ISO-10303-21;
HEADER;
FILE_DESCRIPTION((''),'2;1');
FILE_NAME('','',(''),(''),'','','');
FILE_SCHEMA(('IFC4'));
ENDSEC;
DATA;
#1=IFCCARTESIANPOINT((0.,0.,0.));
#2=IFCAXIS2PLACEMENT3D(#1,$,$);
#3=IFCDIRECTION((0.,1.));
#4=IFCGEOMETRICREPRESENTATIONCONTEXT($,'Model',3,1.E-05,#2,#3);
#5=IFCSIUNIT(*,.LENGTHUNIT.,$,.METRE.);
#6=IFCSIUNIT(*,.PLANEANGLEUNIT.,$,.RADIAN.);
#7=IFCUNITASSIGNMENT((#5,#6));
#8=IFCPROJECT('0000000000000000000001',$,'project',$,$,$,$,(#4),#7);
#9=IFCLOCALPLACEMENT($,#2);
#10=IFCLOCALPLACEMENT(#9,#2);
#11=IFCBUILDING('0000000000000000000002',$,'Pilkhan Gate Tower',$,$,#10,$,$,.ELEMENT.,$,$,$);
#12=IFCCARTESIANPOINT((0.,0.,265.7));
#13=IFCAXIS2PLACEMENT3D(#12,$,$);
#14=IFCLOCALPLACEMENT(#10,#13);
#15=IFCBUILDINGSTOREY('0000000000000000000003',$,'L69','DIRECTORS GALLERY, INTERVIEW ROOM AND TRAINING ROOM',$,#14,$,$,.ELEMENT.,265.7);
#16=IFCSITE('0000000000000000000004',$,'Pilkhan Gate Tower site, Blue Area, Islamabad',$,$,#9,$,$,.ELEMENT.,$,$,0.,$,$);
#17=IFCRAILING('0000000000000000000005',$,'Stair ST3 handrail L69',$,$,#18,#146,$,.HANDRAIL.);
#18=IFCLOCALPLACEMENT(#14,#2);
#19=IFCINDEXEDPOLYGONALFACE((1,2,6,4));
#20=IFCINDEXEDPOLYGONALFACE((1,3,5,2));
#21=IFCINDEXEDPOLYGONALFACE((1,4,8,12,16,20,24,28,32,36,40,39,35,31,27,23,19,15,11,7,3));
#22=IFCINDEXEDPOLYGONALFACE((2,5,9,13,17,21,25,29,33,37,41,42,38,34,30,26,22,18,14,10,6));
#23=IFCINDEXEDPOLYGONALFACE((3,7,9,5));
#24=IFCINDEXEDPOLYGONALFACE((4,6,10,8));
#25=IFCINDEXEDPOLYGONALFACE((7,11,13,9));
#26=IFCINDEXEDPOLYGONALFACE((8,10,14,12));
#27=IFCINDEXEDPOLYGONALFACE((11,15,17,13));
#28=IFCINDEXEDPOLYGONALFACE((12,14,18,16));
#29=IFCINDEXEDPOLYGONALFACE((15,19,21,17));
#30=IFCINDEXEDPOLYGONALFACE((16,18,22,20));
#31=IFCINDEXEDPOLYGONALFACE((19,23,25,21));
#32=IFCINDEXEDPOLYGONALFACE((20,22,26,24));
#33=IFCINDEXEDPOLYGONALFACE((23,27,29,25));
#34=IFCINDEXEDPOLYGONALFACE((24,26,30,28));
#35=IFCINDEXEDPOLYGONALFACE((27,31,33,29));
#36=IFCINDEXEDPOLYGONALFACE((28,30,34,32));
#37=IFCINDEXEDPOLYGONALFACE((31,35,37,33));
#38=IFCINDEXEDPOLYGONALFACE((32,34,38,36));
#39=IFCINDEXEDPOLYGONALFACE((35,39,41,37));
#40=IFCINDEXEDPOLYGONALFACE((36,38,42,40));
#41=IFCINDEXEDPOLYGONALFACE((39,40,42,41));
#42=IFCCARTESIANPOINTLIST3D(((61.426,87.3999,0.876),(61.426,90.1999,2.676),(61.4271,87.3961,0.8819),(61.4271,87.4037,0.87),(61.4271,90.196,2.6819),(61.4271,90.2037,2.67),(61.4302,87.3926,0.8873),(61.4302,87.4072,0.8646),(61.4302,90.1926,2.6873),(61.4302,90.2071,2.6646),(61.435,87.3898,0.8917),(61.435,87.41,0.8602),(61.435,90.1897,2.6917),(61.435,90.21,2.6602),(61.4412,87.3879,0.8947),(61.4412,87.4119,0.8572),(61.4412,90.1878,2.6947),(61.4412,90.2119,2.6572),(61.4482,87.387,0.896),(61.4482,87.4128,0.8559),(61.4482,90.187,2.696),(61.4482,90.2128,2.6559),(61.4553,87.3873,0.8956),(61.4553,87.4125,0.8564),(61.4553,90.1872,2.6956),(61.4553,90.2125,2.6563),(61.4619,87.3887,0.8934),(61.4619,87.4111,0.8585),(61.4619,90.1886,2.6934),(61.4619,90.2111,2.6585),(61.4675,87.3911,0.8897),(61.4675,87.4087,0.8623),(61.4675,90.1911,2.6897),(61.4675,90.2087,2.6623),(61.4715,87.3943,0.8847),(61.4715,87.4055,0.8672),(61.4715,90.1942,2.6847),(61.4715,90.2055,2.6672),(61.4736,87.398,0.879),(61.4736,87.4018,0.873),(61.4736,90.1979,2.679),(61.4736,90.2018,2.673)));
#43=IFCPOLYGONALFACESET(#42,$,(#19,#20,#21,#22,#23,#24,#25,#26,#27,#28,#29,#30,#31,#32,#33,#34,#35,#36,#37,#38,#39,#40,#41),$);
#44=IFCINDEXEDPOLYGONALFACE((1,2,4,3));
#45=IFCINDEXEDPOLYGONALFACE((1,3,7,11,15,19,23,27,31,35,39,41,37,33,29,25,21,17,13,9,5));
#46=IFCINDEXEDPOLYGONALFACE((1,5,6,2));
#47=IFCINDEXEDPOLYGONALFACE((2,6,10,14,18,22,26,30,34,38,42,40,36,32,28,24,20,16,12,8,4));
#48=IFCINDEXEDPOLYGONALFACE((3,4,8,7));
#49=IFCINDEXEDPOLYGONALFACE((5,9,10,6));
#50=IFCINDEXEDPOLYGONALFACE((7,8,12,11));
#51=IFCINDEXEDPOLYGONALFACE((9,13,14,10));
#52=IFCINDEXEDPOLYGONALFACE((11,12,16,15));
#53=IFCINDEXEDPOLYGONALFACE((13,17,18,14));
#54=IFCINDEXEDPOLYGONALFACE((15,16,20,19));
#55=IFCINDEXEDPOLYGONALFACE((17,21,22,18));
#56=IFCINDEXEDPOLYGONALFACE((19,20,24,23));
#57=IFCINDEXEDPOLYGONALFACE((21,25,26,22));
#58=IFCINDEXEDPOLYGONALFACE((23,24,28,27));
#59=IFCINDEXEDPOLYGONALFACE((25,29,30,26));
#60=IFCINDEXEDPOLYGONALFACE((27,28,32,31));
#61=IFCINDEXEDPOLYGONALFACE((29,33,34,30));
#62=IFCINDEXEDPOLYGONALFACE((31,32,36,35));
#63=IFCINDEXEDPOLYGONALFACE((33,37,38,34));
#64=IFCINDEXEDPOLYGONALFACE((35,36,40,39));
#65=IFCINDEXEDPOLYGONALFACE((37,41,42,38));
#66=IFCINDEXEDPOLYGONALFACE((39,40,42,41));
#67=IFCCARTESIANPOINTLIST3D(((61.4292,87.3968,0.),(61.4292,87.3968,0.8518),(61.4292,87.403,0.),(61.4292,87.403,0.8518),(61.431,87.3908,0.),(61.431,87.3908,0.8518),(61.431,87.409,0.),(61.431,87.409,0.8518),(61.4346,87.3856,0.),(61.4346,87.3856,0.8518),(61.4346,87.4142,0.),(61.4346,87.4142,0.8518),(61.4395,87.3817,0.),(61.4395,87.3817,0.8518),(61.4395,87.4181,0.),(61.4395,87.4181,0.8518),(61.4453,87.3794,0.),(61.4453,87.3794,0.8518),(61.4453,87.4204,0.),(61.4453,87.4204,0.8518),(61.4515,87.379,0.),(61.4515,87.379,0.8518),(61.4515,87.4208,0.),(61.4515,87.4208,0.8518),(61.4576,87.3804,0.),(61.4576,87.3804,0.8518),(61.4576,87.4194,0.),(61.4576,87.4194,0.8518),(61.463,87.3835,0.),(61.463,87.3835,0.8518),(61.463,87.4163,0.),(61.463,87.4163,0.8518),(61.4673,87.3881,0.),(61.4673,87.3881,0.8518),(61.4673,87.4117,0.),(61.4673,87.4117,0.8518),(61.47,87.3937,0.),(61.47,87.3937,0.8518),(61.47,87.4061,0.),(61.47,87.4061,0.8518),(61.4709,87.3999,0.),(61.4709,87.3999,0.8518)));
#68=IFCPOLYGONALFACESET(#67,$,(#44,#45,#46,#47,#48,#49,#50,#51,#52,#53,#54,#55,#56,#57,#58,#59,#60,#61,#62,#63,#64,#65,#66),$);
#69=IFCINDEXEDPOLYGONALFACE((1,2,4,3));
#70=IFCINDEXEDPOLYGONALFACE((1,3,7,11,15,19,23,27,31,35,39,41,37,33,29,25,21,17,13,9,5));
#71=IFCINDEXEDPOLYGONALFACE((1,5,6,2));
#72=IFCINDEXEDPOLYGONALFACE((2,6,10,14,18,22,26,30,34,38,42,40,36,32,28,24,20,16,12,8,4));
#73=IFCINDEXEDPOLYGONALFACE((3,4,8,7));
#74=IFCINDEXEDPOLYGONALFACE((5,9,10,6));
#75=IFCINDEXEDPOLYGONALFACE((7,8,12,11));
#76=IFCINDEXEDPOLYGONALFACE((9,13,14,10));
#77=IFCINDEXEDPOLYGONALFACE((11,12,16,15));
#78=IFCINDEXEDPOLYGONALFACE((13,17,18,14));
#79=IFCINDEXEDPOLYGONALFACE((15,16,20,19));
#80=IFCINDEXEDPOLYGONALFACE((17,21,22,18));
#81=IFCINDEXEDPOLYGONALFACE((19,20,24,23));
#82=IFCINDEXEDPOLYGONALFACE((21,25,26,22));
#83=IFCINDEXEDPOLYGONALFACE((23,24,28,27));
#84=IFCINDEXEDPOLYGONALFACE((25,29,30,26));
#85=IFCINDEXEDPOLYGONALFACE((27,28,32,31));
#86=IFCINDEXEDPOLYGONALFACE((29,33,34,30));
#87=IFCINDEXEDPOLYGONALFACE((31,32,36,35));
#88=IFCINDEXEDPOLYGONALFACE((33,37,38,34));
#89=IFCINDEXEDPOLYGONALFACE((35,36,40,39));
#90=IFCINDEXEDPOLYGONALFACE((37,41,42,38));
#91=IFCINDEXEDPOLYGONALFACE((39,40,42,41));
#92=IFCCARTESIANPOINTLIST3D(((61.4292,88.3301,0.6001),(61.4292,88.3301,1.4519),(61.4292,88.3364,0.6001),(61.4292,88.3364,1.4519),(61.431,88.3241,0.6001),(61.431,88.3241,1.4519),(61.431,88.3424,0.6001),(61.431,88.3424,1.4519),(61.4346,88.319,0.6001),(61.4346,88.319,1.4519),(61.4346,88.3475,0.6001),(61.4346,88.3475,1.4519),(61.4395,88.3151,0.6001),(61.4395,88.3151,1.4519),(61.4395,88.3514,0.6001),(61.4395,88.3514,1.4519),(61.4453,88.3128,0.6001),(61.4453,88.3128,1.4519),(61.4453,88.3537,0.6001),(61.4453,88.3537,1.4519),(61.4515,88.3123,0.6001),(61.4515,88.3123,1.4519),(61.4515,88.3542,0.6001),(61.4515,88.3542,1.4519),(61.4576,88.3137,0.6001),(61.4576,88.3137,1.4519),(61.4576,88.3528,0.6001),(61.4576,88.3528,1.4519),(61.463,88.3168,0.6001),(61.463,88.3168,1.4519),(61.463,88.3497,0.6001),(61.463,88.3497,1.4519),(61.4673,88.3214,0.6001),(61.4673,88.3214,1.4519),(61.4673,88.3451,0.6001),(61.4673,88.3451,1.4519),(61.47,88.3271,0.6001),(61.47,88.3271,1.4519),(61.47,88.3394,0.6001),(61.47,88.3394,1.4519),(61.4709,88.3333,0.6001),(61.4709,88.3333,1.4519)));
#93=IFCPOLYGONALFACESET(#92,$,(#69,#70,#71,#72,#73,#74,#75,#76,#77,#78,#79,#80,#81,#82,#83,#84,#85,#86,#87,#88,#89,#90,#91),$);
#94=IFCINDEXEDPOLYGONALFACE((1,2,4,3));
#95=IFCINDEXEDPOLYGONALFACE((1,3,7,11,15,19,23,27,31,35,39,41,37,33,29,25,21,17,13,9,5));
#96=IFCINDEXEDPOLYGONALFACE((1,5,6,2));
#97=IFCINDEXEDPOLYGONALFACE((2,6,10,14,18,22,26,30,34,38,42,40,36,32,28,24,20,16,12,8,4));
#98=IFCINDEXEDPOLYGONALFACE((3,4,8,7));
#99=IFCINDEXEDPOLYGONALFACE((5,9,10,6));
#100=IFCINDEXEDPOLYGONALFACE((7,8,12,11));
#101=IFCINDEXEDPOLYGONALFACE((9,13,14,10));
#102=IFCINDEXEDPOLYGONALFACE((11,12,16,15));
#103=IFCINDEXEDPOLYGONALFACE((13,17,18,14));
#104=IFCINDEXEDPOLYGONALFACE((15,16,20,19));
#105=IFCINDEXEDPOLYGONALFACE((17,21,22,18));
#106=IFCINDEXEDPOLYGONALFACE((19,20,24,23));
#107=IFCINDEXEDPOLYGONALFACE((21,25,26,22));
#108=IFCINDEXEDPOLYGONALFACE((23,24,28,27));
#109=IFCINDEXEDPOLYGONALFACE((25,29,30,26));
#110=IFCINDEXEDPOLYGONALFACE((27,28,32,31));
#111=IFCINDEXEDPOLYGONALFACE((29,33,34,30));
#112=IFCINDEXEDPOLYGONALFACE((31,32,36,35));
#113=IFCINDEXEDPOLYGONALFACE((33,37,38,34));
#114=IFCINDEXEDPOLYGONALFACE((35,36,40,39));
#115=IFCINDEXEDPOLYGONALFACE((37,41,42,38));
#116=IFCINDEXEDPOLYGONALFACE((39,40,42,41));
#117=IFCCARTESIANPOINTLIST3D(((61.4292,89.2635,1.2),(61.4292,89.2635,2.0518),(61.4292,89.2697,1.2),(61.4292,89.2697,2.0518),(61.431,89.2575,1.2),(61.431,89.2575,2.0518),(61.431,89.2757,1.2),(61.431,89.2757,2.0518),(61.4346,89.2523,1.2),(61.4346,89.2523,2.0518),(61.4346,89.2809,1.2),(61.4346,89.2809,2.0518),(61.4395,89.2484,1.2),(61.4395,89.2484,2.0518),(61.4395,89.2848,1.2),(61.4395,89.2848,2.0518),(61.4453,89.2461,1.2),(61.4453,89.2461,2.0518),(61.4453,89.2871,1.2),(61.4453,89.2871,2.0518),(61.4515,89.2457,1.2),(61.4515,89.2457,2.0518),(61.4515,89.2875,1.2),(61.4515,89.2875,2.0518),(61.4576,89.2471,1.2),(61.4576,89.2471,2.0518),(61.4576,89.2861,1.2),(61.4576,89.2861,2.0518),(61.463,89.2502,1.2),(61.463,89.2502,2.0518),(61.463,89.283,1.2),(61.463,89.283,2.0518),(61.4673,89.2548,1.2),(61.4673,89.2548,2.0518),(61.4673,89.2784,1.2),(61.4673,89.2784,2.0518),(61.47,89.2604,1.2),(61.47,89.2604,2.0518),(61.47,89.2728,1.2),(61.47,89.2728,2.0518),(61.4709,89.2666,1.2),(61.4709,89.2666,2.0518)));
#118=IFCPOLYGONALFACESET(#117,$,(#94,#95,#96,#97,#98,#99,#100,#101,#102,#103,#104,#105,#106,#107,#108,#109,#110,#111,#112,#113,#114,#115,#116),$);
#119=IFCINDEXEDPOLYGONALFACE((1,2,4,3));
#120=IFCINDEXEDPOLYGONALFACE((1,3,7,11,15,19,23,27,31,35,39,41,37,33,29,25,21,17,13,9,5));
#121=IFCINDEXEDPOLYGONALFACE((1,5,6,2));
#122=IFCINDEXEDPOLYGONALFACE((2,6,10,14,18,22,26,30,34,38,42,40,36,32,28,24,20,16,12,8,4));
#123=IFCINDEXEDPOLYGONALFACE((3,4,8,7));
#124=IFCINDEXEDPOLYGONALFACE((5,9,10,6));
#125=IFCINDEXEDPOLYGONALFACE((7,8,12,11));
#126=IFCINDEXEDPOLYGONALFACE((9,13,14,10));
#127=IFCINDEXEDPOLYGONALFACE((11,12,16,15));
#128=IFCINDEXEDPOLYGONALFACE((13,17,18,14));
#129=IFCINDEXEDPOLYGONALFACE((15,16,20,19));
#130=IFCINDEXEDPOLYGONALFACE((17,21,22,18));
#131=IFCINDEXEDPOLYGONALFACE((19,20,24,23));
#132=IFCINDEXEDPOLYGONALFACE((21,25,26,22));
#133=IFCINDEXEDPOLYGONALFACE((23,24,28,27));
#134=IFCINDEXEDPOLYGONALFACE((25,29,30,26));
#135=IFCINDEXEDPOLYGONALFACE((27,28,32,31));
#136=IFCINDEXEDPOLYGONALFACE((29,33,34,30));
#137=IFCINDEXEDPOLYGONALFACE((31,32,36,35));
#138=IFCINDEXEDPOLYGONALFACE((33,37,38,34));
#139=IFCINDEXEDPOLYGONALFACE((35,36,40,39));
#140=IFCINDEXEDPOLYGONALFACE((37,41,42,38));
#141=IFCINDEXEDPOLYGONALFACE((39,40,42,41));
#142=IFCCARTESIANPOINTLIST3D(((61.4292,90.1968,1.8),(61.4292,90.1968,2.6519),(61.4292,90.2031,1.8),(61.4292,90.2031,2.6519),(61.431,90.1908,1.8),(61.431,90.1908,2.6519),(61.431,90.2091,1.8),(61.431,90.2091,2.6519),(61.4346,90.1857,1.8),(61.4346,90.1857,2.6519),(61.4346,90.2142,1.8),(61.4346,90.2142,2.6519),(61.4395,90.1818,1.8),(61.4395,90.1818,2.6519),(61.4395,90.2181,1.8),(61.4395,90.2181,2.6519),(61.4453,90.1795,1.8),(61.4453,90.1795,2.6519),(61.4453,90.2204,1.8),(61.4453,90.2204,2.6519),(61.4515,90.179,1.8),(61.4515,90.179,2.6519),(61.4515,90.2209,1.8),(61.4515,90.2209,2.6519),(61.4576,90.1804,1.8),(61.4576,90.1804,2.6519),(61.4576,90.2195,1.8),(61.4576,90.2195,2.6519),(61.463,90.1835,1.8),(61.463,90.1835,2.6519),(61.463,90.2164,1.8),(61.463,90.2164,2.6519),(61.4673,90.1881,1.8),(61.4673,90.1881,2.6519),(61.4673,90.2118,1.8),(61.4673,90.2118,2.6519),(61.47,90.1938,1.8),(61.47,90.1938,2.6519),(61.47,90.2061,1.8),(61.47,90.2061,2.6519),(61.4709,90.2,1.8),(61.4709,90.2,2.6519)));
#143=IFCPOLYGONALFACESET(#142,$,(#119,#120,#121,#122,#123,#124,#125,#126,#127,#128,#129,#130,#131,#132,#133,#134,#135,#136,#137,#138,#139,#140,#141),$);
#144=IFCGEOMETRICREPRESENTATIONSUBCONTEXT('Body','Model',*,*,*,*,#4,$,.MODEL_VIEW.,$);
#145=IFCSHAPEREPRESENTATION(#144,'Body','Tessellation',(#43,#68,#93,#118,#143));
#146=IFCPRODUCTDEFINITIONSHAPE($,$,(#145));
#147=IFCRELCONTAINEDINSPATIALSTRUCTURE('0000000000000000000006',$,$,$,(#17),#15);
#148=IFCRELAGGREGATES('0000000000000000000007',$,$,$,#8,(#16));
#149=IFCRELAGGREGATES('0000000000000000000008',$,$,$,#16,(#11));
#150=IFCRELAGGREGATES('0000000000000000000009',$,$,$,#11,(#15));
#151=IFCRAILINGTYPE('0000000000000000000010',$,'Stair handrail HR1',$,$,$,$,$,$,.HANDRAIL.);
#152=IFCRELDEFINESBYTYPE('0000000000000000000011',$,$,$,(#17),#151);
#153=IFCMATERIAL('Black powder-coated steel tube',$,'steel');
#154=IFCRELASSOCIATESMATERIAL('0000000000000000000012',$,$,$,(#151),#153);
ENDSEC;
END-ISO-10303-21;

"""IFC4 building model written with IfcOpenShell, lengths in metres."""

from ifc_helpers import new_model, si_unit, direction, frame, origin, origin_2d, place, context, subcontext, project, spatial, circle, extrude, material, type_object, element, save


model = new_model("IFC4")

# Units and contexts
model_context = context("Model", 3, precision=1e-05, world=origin(), true_north=direction((0.0, 1.0)))
body_context = subcontext(model_context, "Body", "Model", "MODEL_VIEW")
ifc_project = project(units=[si_unit("LENGTHUNIT", "METRE"), si_unit("PLANEANGLEUNIT", "RADIAN")], contexts=[model_context])

# Site, building, storey
site_placement = place(None, origin())
site = spatial("IfcSite", under=ifc_project, at=site_placement, Name="Pilkhan Gate Tower site, Blue Area, Islamabad", CompositionType="ELEMENT", RefElevation=0.0)
building_placement = place(site_placement, origin())
building = spatial("IfcBuilding", under=site, at=building_placement, Name="Pilkhan Gate Tower", CompositionType="ELEMENT")
storey_placement = place(building_placement, frame((0.0, 0.0, 265.7)))
storey = spatial("IfcBuildingStorey", under=building, at=storey_placement, Name="L69", Description="DIRECTORS GALLERY, INTERVIEW ROOM AND TRAINING ROOM", CompositionType="ELEMENT", Elevation=265.7)

# Railing
ifc_material_1 = material(Name="Black powder-coated steel tube", Category="steel")
railing_type_1 = type_object("IfcRailingType", Name="Stair handrail HR1", PredefinedType="HANDRAIL", material=ifc_material_1)
railing_1_placement = place(storey_placement, frame((61.45, 87.3999, 0.0)))
element("IfcRailing", 1, at=railing_1_placement, inside=storey, type_object=railing_type_1, Name="Stair ST3 handrail L69", PredefinedType="HANDRAIL", context=body_context, shape_type="SweptSolid", body=[
    extrude(circle(Radius=0.0239, at=origin_2d()), frame((0.0, 0.0, 0.876), z_axis=(0.0, 0.841176, 0.540761), x_axis=(-1.0, 0.0, 0.0)), (0.0, 0.0, 1.0), 3.3286),
    extrude(circle(Radius=0.021, at=origin_2d()), origin(), (0.0, 0.0, 1.0), 0.8518),
    extrude(circle(Radius=0.021, at=origin_2d()), frame((0.0, 0.9333, 0.6001)), (0.0, 0.0, 1.0), 0.8518),
    extrude(circle(Radius=0.021, at=origin_2d()), frame((0.0, 1.8667, 1.2)), (0.0, 0.0, 1.0), 0.8518),
    extrude(circle(Radius=0.021, at=origin_2d()), frame((0.0, 2.8, 1.8)), (0.0, 0.0, 1.0), 0.8518),
])

save(model, "model.ifc")
